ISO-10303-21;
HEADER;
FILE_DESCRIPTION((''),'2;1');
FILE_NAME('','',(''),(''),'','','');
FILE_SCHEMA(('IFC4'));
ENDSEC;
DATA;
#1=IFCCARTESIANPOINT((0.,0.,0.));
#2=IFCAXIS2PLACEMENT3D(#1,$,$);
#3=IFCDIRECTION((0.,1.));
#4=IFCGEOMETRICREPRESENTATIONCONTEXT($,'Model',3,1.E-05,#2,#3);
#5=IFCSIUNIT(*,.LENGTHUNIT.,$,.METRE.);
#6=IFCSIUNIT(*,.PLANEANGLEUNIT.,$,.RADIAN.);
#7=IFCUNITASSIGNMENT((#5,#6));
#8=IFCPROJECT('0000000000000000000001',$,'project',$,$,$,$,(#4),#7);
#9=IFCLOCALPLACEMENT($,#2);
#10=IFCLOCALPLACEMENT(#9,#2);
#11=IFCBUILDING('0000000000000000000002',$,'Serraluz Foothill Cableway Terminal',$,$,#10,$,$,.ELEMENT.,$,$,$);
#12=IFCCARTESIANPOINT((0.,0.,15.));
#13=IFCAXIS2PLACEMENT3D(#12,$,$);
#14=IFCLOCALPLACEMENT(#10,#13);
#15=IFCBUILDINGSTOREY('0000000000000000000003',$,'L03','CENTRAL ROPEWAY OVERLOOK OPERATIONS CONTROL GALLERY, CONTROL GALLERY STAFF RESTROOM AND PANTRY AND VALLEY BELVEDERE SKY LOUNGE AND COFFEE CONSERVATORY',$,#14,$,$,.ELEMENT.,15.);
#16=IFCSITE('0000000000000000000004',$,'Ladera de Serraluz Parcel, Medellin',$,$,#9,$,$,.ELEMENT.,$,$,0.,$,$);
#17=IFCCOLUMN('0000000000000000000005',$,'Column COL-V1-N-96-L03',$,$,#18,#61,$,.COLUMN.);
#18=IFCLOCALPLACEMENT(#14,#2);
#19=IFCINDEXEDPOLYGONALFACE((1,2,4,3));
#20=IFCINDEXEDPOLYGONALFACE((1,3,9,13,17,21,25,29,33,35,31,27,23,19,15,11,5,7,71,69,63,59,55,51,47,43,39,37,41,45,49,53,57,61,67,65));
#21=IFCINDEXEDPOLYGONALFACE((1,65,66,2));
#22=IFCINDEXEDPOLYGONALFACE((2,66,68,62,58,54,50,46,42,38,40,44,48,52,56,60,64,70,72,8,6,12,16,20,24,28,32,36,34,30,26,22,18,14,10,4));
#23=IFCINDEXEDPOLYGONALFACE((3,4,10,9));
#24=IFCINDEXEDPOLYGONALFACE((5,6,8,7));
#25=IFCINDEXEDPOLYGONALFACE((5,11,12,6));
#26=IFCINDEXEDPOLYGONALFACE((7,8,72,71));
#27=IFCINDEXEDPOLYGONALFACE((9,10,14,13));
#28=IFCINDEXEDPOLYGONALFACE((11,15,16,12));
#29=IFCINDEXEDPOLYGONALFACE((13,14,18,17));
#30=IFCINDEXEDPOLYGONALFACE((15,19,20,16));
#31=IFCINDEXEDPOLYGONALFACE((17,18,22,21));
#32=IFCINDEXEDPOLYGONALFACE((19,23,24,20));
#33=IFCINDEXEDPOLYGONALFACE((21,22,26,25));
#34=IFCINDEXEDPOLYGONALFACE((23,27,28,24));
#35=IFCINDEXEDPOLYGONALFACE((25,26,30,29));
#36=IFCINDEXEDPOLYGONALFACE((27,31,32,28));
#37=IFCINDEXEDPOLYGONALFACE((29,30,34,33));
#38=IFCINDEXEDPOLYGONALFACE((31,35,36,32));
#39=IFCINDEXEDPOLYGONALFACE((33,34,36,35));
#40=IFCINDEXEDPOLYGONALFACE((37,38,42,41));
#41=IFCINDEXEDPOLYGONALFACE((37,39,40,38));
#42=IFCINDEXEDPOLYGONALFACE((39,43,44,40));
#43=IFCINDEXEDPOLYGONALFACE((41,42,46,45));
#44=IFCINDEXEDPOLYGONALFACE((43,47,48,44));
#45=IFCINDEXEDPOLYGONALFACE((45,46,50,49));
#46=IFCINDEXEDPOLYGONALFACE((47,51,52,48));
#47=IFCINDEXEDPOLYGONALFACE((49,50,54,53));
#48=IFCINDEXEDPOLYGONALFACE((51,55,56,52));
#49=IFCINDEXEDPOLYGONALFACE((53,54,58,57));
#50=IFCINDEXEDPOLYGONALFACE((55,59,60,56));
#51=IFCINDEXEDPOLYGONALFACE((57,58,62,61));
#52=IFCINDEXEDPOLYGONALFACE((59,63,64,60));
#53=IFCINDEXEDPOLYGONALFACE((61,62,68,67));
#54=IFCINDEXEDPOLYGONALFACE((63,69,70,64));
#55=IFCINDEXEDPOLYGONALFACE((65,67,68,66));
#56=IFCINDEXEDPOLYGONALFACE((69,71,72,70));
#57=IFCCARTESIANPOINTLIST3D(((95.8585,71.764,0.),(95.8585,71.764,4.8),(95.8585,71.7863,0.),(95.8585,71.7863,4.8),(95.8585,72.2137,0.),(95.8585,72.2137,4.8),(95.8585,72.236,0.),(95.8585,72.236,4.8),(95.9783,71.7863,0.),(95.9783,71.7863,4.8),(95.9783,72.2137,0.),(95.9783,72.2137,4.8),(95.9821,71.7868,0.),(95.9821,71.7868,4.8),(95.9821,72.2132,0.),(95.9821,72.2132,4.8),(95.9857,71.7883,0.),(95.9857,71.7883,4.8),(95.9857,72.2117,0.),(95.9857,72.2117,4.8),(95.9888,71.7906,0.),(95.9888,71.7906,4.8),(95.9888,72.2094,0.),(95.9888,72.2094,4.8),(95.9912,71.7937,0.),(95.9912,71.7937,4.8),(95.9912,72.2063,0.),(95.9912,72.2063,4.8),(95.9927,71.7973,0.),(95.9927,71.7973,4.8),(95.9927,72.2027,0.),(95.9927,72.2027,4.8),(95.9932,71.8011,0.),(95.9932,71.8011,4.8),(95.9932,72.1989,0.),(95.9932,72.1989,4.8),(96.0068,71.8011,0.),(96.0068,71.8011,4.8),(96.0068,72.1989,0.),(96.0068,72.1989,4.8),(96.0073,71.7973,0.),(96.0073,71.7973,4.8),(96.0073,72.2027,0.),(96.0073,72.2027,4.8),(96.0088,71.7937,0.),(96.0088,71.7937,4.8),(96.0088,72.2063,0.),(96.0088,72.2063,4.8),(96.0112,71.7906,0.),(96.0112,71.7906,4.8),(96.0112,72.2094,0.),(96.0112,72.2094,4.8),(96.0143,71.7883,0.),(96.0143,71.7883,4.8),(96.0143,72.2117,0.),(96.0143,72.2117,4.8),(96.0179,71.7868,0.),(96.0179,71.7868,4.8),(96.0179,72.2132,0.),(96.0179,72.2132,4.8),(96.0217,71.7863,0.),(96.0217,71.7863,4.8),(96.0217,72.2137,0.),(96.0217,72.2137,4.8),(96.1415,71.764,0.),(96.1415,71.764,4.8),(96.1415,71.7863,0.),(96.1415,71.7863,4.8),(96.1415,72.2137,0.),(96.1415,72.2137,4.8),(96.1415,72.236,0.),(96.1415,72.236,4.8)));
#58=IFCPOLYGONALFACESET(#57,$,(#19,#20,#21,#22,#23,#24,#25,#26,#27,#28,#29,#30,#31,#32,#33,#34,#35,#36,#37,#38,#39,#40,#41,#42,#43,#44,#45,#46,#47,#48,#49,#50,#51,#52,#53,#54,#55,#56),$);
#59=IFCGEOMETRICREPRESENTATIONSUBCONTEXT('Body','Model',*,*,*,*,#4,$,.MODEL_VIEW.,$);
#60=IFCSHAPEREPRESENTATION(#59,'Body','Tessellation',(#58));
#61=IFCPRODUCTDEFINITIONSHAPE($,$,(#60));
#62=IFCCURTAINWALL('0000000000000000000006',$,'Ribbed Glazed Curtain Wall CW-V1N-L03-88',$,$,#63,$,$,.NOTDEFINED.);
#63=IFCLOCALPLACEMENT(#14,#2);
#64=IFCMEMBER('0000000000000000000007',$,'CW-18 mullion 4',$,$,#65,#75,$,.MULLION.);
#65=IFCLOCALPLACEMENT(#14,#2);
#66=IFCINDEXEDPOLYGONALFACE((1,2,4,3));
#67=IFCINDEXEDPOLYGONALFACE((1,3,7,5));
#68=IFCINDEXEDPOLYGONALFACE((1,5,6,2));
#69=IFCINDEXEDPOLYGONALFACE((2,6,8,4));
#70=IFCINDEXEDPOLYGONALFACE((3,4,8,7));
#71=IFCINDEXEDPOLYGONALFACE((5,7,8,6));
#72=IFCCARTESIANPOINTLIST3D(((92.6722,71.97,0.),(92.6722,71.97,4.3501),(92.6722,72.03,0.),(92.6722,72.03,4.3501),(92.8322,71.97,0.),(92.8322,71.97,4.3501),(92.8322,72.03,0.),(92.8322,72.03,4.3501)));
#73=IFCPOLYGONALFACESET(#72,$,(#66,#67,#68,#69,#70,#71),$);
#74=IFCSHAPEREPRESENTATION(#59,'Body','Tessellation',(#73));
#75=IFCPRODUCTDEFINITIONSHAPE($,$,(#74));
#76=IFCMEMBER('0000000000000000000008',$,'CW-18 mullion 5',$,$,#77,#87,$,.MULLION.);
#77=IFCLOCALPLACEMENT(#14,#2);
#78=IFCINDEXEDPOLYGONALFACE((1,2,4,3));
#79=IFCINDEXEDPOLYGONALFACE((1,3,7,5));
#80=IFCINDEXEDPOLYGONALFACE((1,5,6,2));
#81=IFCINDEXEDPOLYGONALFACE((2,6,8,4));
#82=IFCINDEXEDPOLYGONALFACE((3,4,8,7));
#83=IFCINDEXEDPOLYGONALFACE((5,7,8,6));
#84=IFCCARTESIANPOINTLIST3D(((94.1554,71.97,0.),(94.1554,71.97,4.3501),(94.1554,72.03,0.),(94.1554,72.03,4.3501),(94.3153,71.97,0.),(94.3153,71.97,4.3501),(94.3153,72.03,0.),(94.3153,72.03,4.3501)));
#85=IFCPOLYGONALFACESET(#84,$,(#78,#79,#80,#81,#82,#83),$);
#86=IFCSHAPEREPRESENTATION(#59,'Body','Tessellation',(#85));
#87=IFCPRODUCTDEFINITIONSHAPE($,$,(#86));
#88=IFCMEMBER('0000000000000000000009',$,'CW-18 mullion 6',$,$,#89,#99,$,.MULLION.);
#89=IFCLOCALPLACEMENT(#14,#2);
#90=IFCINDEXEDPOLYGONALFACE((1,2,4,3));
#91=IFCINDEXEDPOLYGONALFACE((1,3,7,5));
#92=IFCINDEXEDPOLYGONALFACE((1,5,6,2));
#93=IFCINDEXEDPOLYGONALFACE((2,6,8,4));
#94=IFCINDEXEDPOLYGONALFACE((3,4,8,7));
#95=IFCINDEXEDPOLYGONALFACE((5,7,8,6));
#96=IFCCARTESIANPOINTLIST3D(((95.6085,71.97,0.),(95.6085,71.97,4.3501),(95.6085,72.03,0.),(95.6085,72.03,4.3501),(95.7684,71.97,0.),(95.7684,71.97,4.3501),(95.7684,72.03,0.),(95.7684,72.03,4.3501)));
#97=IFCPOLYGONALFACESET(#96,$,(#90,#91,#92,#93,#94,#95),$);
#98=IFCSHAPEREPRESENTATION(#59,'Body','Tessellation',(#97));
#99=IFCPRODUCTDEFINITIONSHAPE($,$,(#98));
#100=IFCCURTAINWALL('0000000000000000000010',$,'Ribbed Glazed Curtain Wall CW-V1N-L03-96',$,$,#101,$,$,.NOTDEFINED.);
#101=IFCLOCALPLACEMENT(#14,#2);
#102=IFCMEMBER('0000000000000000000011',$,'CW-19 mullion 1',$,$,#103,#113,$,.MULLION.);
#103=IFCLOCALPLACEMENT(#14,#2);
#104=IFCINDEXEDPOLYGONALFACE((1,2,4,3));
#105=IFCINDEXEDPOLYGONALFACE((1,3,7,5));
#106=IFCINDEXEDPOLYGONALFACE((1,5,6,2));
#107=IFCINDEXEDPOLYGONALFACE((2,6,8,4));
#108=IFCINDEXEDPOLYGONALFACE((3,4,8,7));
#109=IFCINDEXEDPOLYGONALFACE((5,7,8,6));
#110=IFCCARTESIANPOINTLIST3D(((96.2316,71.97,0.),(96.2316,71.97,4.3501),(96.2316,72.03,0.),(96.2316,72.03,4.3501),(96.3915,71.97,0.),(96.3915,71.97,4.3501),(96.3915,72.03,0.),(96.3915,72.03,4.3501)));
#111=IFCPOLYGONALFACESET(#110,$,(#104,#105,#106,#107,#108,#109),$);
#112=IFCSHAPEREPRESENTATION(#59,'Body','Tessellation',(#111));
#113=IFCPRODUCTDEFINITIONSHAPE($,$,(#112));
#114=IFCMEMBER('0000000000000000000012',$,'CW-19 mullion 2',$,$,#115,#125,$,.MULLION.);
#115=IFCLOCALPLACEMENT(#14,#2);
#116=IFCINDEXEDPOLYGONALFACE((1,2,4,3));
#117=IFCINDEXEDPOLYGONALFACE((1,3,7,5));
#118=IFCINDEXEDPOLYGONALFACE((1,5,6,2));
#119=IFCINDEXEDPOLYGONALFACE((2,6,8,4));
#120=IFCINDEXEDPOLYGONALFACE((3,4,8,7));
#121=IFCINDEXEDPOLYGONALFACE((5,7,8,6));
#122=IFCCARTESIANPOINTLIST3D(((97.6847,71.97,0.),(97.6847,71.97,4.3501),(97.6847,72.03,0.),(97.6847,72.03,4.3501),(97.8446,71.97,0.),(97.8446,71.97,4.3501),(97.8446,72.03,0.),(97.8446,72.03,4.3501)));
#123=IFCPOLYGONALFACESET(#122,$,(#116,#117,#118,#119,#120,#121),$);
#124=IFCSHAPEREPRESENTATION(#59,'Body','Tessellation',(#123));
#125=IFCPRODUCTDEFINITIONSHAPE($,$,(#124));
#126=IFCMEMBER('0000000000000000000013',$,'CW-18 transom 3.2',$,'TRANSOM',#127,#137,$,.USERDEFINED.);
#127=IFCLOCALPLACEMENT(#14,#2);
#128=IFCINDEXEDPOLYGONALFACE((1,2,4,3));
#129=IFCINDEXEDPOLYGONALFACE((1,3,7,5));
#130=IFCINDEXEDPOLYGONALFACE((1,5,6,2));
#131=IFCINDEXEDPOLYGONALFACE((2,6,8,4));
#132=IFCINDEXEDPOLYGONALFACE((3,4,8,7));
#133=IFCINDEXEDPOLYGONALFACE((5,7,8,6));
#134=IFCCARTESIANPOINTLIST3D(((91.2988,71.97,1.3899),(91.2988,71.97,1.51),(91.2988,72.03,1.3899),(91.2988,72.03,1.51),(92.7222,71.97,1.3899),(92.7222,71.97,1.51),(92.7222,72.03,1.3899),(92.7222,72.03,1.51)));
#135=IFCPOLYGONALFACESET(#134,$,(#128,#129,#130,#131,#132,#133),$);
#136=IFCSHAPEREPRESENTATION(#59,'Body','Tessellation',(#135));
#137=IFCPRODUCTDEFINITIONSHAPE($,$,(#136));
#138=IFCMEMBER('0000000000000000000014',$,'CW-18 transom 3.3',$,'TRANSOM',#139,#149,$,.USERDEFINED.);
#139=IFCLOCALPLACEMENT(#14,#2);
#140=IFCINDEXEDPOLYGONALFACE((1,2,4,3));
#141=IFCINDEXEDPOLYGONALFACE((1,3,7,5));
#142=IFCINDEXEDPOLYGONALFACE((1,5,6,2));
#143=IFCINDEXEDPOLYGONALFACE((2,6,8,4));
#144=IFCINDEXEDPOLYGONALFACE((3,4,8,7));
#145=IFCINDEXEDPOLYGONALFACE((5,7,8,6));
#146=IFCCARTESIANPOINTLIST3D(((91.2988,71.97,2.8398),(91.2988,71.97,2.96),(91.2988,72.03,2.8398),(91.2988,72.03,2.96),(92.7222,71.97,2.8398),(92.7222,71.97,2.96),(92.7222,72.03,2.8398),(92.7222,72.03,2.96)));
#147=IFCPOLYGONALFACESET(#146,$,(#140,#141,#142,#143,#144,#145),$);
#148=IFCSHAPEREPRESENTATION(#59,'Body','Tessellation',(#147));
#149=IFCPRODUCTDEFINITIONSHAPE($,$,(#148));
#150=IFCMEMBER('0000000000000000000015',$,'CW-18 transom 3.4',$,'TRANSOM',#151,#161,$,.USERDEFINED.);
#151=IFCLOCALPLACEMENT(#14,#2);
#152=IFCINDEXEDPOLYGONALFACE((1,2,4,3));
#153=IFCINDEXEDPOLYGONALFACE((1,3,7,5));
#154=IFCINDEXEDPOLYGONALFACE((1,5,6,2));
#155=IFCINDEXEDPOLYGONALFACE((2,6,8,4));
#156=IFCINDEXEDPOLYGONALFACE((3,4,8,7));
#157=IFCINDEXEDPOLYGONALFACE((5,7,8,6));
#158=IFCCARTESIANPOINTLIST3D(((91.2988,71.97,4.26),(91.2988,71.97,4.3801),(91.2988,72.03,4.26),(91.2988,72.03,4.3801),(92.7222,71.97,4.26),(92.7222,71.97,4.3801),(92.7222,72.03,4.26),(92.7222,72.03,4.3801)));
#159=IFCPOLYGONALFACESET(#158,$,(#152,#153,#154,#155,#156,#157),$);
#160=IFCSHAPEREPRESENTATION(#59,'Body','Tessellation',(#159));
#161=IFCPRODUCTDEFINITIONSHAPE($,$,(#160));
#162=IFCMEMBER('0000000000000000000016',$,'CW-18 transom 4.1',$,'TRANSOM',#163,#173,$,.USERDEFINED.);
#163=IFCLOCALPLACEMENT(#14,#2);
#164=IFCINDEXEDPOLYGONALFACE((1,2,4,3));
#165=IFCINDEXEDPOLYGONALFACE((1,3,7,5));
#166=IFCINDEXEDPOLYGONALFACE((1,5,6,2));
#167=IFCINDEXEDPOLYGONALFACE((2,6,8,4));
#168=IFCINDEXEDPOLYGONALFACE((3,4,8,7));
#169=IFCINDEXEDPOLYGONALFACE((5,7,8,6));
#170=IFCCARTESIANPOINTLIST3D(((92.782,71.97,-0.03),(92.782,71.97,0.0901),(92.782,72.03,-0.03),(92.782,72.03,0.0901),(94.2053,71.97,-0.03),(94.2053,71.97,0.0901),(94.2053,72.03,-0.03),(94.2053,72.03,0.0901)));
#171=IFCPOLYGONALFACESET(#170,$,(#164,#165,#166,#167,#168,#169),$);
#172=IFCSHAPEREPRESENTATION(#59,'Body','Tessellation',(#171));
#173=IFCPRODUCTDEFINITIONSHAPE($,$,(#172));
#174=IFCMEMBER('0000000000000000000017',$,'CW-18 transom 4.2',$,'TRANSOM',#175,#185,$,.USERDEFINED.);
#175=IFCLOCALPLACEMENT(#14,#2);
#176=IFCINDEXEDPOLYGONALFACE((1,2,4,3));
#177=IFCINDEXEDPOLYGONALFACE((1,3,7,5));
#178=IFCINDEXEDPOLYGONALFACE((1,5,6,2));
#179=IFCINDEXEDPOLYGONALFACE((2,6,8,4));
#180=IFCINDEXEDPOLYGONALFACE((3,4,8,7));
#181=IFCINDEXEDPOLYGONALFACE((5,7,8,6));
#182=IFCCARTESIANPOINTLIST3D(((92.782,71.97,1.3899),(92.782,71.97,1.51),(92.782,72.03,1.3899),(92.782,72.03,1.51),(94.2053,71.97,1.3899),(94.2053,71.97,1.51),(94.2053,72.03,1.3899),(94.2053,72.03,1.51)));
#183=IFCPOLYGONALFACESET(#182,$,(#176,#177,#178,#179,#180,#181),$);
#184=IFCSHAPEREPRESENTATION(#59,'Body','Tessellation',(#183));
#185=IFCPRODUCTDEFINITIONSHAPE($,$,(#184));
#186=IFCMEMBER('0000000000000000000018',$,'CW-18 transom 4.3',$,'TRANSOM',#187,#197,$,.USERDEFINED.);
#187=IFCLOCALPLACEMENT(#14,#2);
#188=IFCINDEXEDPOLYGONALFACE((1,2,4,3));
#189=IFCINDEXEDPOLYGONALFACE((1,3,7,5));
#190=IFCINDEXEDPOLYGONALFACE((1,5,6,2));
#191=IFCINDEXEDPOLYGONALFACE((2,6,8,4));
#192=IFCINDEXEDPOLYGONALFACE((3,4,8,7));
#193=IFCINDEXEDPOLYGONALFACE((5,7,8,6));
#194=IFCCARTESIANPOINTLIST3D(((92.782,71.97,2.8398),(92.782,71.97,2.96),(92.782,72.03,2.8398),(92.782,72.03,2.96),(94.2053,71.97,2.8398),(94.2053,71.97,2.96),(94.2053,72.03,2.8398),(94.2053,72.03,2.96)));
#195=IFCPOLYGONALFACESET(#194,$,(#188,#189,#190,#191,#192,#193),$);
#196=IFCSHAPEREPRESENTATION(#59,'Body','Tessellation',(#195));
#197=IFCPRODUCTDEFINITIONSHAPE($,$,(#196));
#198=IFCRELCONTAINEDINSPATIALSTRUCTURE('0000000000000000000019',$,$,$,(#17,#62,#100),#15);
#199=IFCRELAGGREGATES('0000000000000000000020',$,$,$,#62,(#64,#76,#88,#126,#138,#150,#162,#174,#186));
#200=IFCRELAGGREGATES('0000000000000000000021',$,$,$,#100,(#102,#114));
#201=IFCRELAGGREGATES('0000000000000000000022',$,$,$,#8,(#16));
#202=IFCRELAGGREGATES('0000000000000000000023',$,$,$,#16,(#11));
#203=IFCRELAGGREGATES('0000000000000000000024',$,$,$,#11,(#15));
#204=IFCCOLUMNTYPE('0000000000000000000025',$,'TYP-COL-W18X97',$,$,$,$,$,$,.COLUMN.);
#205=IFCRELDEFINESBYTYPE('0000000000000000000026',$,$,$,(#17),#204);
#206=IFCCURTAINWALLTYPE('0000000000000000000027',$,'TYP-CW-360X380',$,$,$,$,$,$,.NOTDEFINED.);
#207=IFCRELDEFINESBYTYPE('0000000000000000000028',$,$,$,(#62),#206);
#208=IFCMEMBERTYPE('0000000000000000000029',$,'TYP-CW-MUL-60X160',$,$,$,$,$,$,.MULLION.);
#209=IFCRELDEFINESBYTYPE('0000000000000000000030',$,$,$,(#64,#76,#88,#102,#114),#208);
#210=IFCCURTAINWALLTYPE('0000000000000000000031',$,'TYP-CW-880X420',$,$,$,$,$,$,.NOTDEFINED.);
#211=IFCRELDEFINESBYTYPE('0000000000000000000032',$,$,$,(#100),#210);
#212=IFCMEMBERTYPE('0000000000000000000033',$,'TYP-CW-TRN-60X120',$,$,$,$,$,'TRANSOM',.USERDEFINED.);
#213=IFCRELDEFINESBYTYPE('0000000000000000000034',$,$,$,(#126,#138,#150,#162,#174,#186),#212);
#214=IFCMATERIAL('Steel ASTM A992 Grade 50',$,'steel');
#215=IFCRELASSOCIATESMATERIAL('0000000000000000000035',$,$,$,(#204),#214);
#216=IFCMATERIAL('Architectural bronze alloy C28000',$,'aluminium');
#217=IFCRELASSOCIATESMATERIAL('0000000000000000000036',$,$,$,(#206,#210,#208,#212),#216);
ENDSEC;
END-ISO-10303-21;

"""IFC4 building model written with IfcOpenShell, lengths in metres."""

from ifc_helpers import new_model, si_unit, direction, frame, origin, origin_2d, place, context, subcontext, project, spatial, rectangle, i_section, extrude, material, material_profile, profile_set, type_object, element, aggregate, save


model = new_model("IFC4")

# Units and contexts
model_context = context("Model", 3, precision=1e-05, world=origin(), true_north=direction((0.0, 1.0)))
body_context = subcontext(model_context, "Body", "Model", "MODEL_VIEW")
ifc_project = project(units=[si_unit("LENGTHUNIT", "METRE"), si_unit("PLANEANGLEUNIT", "RADIAN")], contexts=[model_context])

# Site, building, storey
site_placement = place(None, origin())
site = spatial("IfcSite", under=ifc_project, at=site_placement, Name="Ladera de Serraluz Parcel, Medellin", CompositionType="ELEMENT", RefElevation=0.0)
building_placement = place(site_placement, origin())
building = spatial("IfcBuilding", under=site, at=building_placement, Name="Serraluz Foothill Cableway Terminal", CompositionType="ELEMENT")
storey_placement = place(building_placement, frame((0.0, 0.0, 15.0)))
storey = spatial("IfcBuildingStorey", under=building, at=storey_placement, Name="L03", Description="CENTRAL ROPEWAY OVERLOOK OPERATIONS CONTROL GALLERY, CONTROL GALLERY STAFF RESTROOM AND PANTRY AND VALLEY BELVEDERE SKY LOUNGE AND COFFEE CONSERVATORY", CompositionType="ELEMENT", Elevation=15.0)

# Column
ifc_material_1 = material(Name="Steel ASTM A992 Grade 50", Category="steel")
ifc_material_profile_1 = material_profile(ifc_material_1, i_section(OverallWidth=0.283, OverallDepth=0.4719, WebThickness=0.0137, FlangeThickness=0.0222, FilletRadius=0.0149, at=origin_2d()), Name="W18X97")
ifc_profile_set_1 = profile_set([ifc_material_profile_1], Name="Steel ASTM A992 Grade 50")
column_type = type_object("IfcColumnType", Name="TYP-COL-W18X97", PredefinedType="COLUMN", material=ifc_profile_set_1)
column_placement = place(storey_placement, frame((96.0, 72.0, 0.0), z_axis=(0.0, 0.0, 1.0), x_axis=(1.0, 0.0, 0.0)))
element("IfcColumn", 1, at=column_placement, inside=storey, type_object=column_type, Name="Column COL-V1-N-96-L03", PredefinedType="COLUMN", context=body_context, shape_type="SweptSolid", body=[
    extrude(i_section(OverallWidth=0.283, OverallDepth=0.4719, WebThickness=0.0137, FlangeThickness=0.0222, FilletRadius=0.0149, at=origin_2d()), origin(), (0.0, 0.0, 1.0), 4.8),
])

# Curtain walls, members
ifc_material_2 = material(Name="Architectural bronze alloy C28000", Category="aluminium")
curtain_wall_type_1 = type_object("IfcCurtainWallType", Name="TYP-CW-360X380", PredefinedType="NOTDEFINED", material=ifc_material_2)
curtain_wall_1_placement = place(storey_placement, origin())
curtain_wall_1 = element("IfcCurtainWall", 2, at=curtain_wall_1_placement, inside=storey, type_object=curtain_wall_type_1, Name="Ribbed Glazed Curtain Wall CW-V1N-L03-88", PredefinedType="NOTDEFINED")
ifc_material_profile_2 = material_profile(ifc_material_2, rectangle(XDim=0.0601, YDim=0.1599, at=origin_2d()), Name="ALU MULLION 60x160")
ifc_profile_set_2 = profile_set([ifc_material_profile_2], Name="Architectural bronze alloy C28000")
member_type_1 = type_object("IfcMemberType", Name="TYP-CW-MUL-60X160", PredefinedType="MULLION", material=ifc_profile_set_2)
member_1_placement = place(storey_placement, frame((92.7522, 72.0, 0.0), z_axis=(0.0, 0.0, 1.0), x_axis=(0.0, 1.0, 0.0)))
member_1 = element("IfcMember", 3, at=member_1_placement, type_object=member_type_1, Name="CW-18 mullion 4", PredefinedType="MULLION", context=body_context, shape_type="SweptSolid", body=[
    extrude(rectangle(XDim=0.0601, YDim=0.1599, at=origin_2d()), origin(), (0.0, 0.0, 1.0), 4.3501),
])
member_2_placement = place(storey_placement, frame((94.2354, 72.0, 0.0), z_axis=(0.0, 0.0, 1.0), x_axis=(0.0, 1.0, 0.0)))
member_2 = element("IfcMember", 4, at=member_2_placement, type_object=member_type_1, Name="CW-18 mullion 5", PredefinedType="MULLION", context=body_context, shape_type="SweptSolid", body=[
    extrude(rectangle(XDim=0.0601, YDim=0.1599, at=origin_2d()), origin(), (0.0, 0.0, 1.0), 4.3501),
])
member_3_placement = place(storey_placement, frame((95.6885, 72.0, 0.0), z_axis=(0.0, 0.0, 1.0), x_axis=(0.0, 1.0, 0.0)))
member_3 = element("IfcMember", 5, at=member_3_placement, type_object=member_type_1, Name="CW-18 mullion 6", PredefinedType="MULLION", context=body_context, shape_type="SweptSolid", body=[
    extrude(rectangle(XDim=0.0601, YDim=0.1599, at=origin_2d()), origin(), (0.0, 0.0, 1.0), 4.3501),
])
curtain_wall_type_2 = type_object("IfcCurtainWallType", Name="TYP-CW-880X420", PredefinedType="NOTDEFINED", material=ifc_material_2)
curtain_wall_2_placement = place(storey_placement, origin())
curtain_wall_2 = element("IfcCurtainWall", 6, at=curtain_wall_2_placement, inside=storey, type_object=curtain_wall_type_2, Name="Ribbed Glazed Curtain Wall CW-V1N-L03-96", PredefinedType="NOTDEFINED")
member_4_placement = place(storey_placement, frame((96.3115, 72.0, 0.0), z_axis=(0.0, 0.0, 1.0), x_axis=(0.0, 1.0, 0.0)))
member_4 = element("IfcMember", 7, at=member_4_placement, type_object=member_type_1, Name="CW-19 mullion 1", PredefinedType="MULLION", context=body_context, shape_type="SweptSolid", body=[
    extrude(rectangle(XDim=0.0601, YDim=0.1599, at=origin_2d()), origin(), (0.0, 0.0, 1.0), 4.3501),
])
member_5_placement = place(storey_placement, frame((97.7646, 72.0, 0.0), z_axis=(0.0, 0.0, 1.0), x_axis=(0.0, 1.0, 0.0)))
member_5 = element("IfcMember", 8, at=member_5_placement, type_object=member_type_1, Name="CW-19 mullion 2", PredefinedType="MULLION", context=body_context, shape_type="SweptSolid", body=[
    extrude(rectangle(XDim=0.0601, YDim=0.1599, at=origin_2d()), origin(), (0.0, 0.0, 1.0), 4.3501),
])

# Members
ifc_material_profile_3 = material_profile(ifc_material_2, rectangle(XDim=0.0601, YDim=0.1201, at=origin_2d()), Name="ALU TRANSOM 60x120")
ifc_profile_set_3 = profile_set([ifc_material_profile_3], Name="Architectural bronze alloy C28000")
member_type_2 = type_object("IfcMemberType", Name="TYP-CW-TRN-60X120", ElementType="TRANSOM", PredefinedType="USERDEFINED", material=ifc_profile_set_3)
member_6_placement = place(storey_placement, frame((91.2988, 72.0, 1.45), z_axis=(1.0, 0.0, 0.0), x_axis=(0.0, 1.0, 0.0)))
member_6 = element("IfcMember", 9, at=member_6_placement, type_object=member_type_2, Name="CW-18 transom 3.2", ObjectType="TRANSOM", PredefinedType="USERDEFINED", context=body_context, shape_type="SweptSolid", body=[
    extrude(rectangle(XDim=0.0601, YDim=0.1201, at=origin_2d()), origin(), (0.0, 0.0, 1.0), 1.4233),
])
member_7_placement = place(storey_placement, frame((91.2988, 72.0, 2.8999), z_axis=(1.0, 0.0, 0.0), x_axis=(0.0, 1.0, 0.0)))
member_7 = element("IfcMember", 10, at=member_7_placement, type_object=member_type_2, Name="CW-18 transom 3.3", ObjectType="TRANSOM", PredefinedType="USERDEFINED", context=body_context, shape_type="SweptSolid", body=[
    extrude(rectangle(XDim=0.0601, YDim=0.1201, at=origin_2d()), origin(), (0.0, 0.0, 1.0), 1.4233),
])
member_8_placement = place(storey_placement, frame((91.2988, 72.0, 4.3201), z_axis=(1.0, 0.0, 0.0), x_axis=(0.0, 1.0, 0.0)))
member_8 = element("IfcMember", 11, at=member_8_placement, type_object=member_type_2, Name="CW-18 transom 3.4", ObjectType="TRANSOM", PredefinedType="USERDEFINED", context=body_context, shape_type="SweptSolid", body=[
    extrude(rectangle(XDim=0.0601, YDim=0.1201, at=origin_2d()), origin(), (0.0, 0.0, 1.0), 1.4233),
])
member_9_placement = place(storey_placement, frame((92.782, 72.0, 0.03), z_axis=(1.0, 0.0, 0.0), x_axis=(0.0, 1.0, 0.0)))
member_9 = element("IfcMember", 12, at=member_9_placement, type_object=member_type_2, Name="CW-18 transom 4.1", ObjectType="TRANSOM", PredefinedType="USERDEFINED", context=body_context, shape_type="SweptSolid", body=[
    extrude(rectangle(XDim=0.0601, YDim=0.1201, at=origin_2d()), origin(), (0.0, 0.0, 1.0), 1.4233),
])
member_10_placement = place(storey_placement, frame((92.782, 72.0, 1.45), z_axis=(1.0, 0.0, 0.0), x_axis=(0.0, 1.0, 0.0)))
member_10 = element("IfcMember", 13, at=member_10_placement, type_object=member_type_2, Name="CW-18 transom 4.2", ObjectType="TRANSOM", PredefinedType="USERDEFINED", context=body_context, shape_type="SweptSolid", body=[
    extrude(rectangle(XDim=0.0601, YDim=0.1201, at=origin_2d()), origin(), (0.0, 0.0, 1.0), 1.4233),
])
member_11_placement = place(storey_placement, frame((92.782, 72.0, 2.8999), z_axis=(1.0, 0.0, 0.0), x_axis=(0.0, 1.0, 0.0)))
member_11 = element("IfcMember", 14, at=member_11_placement, type_object=member_type_2, Name="CW-18 transom 4.3", ObjectType="TRANSOM", PredefinedType="USERDEFINED", context=body_context, shape_type="SweptSolid", body=[
    extrude(rectangle(XDim=0.0601, YDim=0.1201, at=origin_2d()), origin(), (0.0, 0.0, 1.0), 1.4233),
])

aggregate(curtain_wall_1, [member_1, member_2, member_3, member_6, member_7, member_8, member_9, member_10, member_11])
aggregate(curtain_wall_2, [member_4, member_5])

save(model, "model.ifc")
